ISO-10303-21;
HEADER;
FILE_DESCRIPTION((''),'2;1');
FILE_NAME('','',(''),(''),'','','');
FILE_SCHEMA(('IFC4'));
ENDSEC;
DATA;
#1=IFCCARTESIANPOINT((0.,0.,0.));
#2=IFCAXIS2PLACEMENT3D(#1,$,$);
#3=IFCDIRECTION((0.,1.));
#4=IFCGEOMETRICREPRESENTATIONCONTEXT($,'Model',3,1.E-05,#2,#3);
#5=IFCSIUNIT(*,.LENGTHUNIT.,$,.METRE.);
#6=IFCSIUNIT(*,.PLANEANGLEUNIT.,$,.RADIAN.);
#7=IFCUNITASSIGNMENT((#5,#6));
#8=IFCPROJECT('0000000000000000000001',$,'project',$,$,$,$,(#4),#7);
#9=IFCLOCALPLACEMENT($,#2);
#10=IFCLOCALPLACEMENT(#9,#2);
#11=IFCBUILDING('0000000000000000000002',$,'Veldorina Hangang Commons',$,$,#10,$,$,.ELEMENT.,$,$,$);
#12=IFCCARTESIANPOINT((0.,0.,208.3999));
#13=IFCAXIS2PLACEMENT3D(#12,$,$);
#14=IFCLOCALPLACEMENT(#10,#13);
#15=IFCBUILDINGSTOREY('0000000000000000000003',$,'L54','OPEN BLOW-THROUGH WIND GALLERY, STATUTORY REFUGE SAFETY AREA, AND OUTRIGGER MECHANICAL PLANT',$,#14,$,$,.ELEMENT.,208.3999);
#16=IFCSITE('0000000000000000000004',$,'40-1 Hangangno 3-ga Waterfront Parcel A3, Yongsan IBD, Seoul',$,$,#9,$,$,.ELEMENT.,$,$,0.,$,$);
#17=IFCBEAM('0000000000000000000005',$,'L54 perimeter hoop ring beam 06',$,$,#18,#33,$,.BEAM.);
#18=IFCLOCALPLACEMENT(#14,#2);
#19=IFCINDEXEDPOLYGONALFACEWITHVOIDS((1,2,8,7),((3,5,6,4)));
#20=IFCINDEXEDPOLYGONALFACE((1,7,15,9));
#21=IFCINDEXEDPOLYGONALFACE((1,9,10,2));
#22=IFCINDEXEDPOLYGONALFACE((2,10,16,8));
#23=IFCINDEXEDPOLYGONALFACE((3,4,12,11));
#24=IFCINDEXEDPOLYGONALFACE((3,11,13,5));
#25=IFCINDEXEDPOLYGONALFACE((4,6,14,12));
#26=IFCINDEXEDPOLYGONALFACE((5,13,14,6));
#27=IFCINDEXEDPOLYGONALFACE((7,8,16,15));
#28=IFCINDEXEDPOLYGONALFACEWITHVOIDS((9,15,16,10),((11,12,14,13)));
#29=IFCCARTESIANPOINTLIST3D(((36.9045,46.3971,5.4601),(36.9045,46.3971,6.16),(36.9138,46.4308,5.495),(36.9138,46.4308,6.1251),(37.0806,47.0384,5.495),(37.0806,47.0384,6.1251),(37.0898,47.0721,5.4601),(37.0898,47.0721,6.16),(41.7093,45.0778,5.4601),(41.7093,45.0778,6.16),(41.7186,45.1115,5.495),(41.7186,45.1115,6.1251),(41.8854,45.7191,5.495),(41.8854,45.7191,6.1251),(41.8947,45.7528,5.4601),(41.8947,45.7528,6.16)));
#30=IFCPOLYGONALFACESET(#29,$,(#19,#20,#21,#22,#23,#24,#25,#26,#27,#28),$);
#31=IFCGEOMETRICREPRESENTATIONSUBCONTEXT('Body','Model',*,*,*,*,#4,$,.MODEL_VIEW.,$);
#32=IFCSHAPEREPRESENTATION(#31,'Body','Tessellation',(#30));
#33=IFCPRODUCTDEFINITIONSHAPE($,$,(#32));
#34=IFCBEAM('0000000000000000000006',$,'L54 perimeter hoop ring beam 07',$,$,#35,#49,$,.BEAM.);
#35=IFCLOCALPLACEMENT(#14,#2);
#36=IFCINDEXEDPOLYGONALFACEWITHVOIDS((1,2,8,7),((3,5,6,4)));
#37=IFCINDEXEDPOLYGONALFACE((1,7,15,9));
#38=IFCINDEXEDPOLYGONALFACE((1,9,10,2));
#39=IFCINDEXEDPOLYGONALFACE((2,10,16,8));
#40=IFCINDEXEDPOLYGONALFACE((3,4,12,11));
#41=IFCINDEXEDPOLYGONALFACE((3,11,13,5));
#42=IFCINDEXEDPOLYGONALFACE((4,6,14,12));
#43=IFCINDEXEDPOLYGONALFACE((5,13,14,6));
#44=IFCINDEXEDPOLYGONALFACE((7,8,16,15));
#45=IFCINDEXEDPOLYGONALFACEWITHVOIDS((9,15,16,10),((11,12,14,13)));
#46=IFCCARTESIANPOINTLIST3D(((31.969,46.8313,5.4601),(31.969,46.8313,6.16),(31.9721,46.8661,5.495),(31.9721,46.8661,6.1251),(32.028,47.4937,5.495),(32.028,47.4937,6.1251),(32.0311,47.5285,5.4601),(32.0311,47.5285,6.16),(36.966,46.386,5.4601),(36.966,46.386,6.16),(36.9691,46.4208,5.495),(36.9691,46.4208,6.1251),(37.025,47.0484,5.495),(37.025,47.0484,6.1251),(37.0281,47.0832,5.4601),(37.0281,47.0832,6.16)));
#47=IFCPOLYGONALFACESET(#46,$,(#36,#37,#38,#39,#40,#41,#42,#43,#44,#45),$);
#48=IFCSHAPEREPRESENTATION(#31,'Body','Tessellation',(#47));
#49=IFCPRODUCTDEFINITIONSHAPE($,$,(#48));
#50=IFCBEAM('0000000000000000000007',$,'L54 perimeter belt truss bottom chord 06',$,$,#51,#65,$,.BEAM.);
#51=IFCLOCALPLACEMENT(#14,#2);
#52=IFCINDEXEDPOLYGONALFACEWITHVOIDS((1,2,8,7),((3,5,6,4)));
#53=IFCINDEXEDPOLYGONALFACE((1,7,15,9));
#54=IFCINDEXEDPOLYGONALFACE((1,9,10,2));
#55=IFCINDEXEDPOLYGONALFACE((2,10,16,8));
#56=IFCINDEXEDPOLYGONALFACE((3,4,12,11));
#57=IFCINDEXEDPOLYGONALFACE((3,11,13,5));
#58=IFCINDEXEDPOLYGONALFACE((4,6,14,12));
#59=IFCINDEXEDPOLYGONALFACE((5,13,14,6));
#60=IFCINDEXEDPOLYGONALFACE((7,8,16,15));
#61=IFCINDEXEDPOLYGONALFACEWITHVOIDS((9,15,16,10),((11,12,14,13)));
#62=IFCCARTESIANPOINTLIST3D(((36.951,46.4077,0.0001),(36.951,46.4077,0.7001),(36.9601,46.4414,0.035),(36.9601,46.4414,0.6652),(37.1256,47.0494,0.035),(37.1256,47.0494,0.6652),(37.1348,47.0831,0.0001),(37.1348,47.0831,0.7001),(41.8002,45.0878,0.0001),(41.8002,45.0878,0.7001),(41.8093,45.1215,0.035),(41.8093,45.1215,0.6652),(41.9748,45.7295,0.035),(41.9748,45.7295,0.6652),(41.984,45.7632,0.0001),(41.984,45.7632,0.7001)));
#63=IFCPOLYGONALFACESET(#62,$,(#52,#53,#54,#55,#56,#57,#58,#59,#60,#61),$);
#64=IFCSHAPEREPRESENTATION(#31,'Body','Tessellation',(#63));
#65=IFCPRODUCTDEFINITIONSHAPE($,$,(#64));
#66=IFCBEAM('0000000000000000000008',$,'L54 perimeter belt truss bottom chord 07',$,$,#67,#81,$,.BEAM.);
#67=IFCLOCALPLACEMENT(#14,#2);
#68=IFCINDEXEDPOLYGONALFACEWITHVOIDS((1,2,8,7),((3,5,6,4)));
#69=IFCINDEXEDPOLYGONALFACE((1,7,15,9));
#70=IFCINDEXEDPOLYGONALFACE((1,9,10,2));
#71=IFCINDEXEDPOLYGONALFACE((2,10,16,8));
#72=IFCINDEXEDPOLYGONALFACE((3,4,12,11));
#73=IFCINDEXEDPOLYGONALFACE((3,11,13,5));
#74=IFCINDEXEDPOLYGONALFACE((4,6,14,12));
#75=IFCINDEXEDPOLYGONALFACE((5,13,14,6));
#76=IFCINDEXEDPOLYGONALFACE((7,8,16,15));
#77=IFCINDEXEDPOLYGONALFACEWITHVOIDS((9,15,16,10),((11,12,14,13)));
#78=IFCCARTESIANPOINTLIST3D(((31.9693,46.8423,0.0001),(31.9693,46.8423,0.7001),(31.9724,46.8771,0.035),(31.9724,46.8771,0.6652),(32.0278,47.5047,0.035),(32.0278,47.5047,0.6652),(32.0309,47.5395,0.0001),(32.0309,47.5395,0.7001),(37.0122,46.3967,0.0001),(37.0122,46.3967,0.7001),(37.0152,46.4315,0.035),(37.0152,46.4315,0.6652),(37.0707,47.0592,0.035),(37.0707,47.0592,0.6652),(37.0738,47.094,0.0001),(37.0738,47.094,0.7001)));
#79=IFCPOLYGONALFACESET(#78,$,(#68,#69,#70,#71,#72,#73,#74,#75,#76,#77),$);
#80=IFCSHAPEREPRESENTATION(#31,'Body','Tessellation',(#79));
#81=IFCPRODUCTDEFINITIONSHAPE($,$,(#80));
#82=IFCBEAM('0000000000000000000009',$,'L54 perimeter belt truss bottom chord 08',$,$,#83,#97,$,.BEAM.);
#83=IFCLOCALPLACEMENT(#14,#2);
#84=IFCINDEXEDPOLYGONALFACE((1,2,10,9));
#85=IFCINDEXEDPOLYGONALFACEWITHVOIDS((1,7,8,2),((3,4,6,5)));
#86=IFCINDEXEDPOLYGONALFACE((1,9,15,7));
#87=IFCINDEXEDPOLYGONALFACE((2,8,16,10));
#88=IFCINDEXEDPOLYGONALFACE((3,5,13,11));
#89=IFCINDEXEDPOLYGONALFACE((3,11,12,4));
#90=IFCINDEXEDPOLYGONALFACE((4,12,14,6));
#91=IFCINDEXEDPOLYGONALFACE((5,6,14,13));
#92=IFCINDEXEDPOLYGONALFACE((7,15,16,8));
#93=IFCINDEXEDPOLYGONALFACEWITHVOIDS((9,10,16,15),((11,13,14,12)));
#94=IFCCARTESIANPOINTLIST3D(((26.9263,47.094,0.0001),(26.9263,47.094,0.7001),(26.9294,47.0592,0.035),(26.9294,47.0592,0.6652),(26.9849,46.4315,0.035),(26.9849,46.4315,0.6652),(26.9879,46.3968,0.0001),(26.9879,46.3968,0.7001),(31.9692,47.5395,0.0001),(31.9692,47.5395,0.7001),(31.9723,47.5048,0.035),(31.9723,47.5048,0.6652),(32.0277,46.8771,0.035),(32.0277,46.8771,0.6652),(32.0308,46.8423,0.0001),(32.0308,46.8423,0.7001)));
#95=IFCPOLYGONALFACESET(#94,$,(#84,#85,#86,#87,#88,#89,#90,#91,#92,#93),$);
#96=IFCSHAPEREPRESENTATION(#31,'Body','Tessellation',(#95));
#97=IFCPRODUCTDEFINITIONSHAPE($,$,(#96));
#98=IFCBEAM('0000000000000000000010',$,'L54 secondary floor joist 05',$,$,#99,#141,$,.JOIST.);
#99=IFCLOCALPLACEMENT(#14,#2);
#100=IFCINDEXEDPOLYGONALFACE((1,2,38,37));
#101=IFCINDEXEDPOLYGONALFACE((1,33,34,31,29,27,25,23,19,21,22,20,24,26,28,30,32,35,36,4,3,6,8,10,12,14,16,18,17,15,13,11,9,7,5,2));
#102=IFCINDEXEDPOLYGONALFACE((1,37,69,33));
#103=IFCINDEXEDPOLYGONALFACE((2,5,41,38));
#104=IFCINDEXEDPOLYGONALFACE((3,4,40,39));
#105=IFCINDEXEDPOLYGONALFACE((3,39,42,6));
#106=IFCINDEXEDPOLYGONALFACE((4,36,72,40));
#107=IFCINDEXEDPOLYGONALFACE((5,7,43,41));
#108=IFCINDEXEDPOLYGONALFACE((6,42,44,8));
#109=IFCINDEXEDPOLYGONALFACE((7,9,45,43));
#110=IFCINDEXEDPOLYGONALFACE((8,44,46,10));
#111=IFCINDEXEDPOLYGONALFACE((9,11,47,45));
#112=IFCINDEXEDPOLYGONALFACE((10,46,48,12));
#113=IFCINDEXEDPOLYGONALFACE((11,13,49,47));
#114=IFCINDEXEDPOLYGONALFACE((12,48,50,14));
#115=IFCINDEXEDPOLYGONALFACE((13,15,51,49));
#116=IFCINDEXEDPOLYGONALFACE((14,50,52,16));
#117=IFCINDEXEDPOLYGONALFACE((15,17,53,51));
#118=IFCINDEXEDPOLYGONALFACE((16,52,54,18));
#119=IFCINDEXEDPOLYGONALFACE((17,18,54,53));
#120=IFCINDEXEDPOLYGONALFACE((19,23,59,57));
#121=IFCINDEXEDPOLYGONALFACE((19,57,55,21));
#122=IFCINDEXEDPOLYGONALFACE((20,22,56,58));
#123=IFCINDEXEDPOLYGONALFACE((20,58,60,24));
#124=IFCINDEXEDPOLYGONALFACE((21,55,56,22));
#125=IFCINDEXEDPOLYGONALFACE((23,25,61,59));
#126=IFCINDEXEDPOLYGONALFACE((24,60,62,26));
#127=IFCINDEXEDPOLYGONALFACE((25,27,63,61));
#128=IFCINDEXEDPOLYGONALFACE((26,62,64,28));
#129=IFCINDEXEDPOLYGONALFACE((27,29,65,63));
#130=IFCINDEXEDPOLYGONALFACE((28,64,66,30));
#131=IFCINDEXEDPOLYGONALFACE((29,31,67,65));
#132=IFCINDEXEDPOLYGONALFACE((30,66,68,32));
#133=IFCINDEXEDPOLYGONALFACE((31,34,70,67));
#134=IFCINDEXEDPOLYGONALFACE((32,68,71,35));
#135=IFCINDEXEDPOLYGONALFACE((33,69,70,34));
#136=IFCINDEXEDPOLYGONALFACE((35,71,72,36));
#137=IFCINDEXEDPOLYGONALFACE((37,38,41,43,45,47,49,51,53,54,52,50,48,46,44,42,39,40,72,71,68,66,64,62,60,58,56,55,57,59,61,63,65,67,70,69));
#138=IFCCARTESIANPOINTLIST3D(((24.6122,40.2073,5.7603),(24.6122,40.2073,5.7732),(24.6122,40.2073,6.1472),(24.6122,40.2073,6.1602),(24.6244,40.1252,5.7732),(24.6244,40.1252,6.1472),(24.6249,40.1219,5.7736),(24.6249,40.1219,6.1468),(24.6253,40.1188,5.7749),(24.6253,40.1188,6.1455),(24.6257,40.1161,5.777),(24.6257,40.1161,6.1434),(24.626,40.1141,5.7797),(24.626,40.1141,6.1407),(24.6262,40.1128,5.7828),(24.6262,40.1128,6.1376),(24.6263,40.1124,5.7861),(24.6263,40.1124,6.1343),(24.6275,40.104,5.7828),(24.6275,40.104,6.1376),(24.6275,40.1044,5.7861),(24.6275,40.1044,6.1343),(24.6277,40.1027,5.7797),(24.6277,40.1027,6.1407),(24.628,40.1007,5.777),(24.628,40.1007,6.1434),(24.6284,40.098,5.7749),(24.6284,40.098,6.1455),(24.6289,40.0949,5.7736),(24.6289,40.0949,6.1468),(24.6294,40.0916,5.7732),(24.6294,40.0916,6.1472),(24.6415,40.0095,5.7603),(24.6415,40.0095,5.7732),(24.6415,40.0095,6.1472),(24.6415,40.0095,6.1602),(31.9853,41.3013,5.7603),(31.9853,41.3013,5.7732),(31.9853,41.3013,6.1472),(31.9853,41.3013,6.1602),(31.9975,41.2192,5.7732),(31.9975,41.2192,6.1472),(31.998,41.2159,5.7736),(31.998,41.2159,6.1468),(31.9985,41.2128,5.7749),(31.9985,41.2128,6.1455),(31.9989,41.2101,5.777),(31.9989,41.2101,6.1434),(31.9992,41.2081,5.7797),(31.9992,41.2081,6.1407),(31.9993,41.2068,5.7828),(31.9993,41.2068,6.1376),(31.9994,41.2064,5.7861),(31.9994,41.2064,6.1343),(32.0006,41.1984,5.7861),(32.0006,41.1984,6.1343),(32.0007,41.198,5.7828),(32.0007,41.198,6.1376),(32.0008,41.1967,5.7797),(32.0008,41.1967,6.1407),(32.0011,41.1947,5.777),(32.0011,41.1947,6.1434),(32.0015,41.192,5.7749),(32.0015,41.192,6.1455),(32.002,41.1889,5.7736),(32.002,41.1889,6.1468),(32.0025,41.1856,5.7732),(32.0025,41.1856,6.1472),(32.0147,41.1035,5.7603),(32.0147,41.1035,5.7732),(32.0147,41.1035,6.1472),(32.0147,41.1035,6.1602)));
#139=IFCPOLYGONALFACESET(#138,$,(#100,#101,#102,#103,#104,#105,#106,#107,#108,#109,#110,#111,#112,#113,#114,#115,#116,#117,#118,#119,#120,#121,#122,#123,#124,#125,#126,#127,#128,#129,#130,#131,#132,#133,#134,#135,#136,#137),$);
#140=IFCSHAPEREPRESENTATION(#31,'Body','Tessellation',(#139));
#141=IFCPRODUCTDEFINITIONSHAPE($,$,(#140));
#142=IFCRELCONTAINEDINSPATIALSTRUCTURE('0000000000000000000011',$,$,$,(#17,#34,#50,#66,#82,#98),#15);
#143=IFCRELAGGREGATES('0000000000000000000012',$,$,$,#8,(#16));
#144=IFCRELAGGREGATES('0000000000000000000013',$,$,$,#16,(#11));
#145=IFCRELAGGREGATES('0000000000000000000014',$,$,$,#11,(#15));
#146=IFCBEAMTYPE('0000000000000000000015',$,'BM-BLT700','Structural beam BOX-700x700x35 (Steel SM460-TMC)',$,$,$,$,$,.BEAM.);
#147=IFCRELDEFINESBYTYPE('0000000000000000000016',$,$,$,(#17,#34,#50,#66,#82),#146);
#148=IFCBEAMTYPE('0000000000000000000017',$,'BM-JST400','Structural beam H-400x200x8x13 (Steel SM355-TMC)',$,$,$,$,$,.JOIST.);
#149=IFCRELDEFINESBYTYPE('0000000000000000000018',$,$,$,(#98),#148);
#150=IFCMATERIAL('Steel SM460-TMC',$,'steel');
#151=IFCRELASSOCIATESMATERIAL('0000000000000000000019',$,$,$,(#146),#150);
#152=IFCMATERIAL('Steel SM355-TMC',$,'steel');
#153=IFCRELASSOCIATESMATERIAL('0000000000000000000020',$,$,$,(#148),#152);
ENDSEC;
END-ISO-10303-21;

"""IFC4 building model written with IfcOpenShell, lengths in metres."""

from ifc_helpers import new_model, si_unit, direction, frame, origin, origin_2d, place, context, subcontext, project, spatial, hollow_rectangle, i_section, extrude, material, material_profile, profile_set, type_object, element, save


model = new_model("IFC4")

# Units and contexts
model_context = context("Model", 3, precision=1e-05, world=origin(), true_north=direction((0.0, 1.0)))
body_context = subcontext(model_context, "Body", "Model", "MODEL_VIEW")
ifc_project = project(units=[si_unit("LENGTHUNIT", "METRE"), si_unit("PLANEANGLEUNIT", "RADIAN")], contexts=[model_context])

# Site, building, storey
site_placement = place(None, origin())
site = spatial("IfcSite", under=ifc_project, at=site_placement, Name="40-1 Hangangno 3-ga Waterfront Parcel A3, Yongsan IBD, Seoul", CompositionType="ELEMENT", RefElevation=0.0)
building_placement = place(site_placement, origin())
building = spatial("IfcBuilding", under=site, at=building_placement, Name="Veldorina Hangang Commons", CompositionType="ELEMENT")
storey_placement = place(building_placement, frame((0.0, 0.0, 208.3999)))
storey = spatial("IfcBuildingStorey", under=building, at=storey_placement, Name="L54", Description="OPEN BLOW-THROUGH WIND GALLERY, STATUTORY REFUGE SAFETY AREA, AND OUTRIGGER MECHANICAL PLANT", CompositionType="ELEMENT", Elevation=208.3999)

# Beams
ifc_material_1 = material(Name="Steel SM460-TMC", Category="steel")
ifc_material_profile_1 = material_profile(ifc_material_1, hollow_rectangle(XDim=0.7, YDim=0.7, WallThickness=0.0349, at=origin_2d()), Name="BOX-700x700x35")
ifc_profile_set_1 = profile_set([ifc_material_profile_1], Name="Steel SM460-TMC")
beam_type_1 = type_object("IfcBeamType", Name="BM-BLT700", Description="Structural beam BOX-700x700x35 (Steel SM460-TMC)", PredefinedType="BEAM", material=ifc_profile_set_1)
beam_1_placement = place(storey_placement, frame((41.802, 45.4153, 5.8101), z_axis=(-0.964309, 0.26478, 0.0), x_axis=(-0.26478, -0.964309, 0.0)))
element("IfcBeam", 1, at=beam_1_placement, inside=storey, type_object=beam_type_1, Name="L54 perimeter hoop ring beam 06", PredefinedType="BEAM", context=body_context, shape_type="SweptSolid", body=[
    extrude(hollow_rectangle(XDim=0.7, YDim=0.7, WallThickness=0.0349, at=origin_2d()), origin(), (0.0, 0.0, 1.0), 4.9827),
])
beam_2_placement = place(storey_placement, frame((36.9971, 46.7346, 5.8101), z_axis=(-0.996053, 0.088763, 0.0), x_axis=(-0.088763, -0.996053, 0.0)))
element("IfcBeam", 2, at=beam_2_placement, inside=storey, type_object=beam_type_1, Name="L54 perimeter hoop ring beam 07", PredefinedType="BEAM", context=body_context, shape_type="SweptSolid", body=[
    extrude(hollow_rectangle(XDim=0.7, YDim=0.7, WallThickness=0.0349, at=origin_2d()), origin(), (0.0, 0.0, 1.0), 5.0168),
])
beam_3_placement = place(storey_placement, frame((41.8921, 45.4255, 0.3501), z_axis=(-0.964898, 0.262624, 0.0), x_axis=(-0.262624, -0.964898, 0.0)))
element("IfcBeam", 3, at=beam_3_placement, inside=storey, type_object=beam_type_1, Name="L54 perimeter belt truss bottom chord 06", PredefinedType="BEAM", context=body_context, shape_type="SweptSolid", body=[
    extrude(hollow_rectangle(XDim=0.7, YDim=0.7, WallThickness=0.0349, at=origin_2d()), origin(), (0.0, 0.0, 1.0), 5.0256),
])
for number, where, z_axis, x_axis, name in (
    (4, (37.043, 46.7454, 0.3501), (-0.99612, 0.088009, 0.0), (-0.088009, -0.99612, 0.0), "L54 perimeter belt truss bottom chord 07"),
    (5, (32.0, 47.1909, 0.3501), (-0.99612, -0.088009, 0.0), (0.088009, -0.99612, 0.0), "L54 perimeter belt truss bottom chord 08"),
):
    element("IfcBeam", number, at=place(storey_placement, frame(where, z_axis=z_axis, x_axis=x_axis)), inside=storey, type_object=beam_type_1, Name=name, PredefinedType="BEAM", context=body_context, shape_type="SweptSolid", body=[
        extrude(hollow_rectangle(XDim=0.7, YDim=0.7, WallThickness=0.0349, at=origin_2d()), origin(), (0.0, 0.0, 1.0), 5.0625),
    ])
ifc_material_2 = material(Name="Steel SM355-TMC", Category="steel")
ifc_material_profile_2 = material_profile(ifc_material_2, i_section(OverallWidth=0.2, OverallDepth=0.3999, WebThickness=0.0081, FlangeThickness=0.0129, FilletRadius=0.0129, at=origin_2d()), Name="H-400x200x8x13")
ifc_profile_set_2 = profile_set([ifc_material_profile_2], Name="Steel SM355-TMC")
beam_type_2 = type_object("IfcBeamType", Name="BM-JST400", Description="Structural beam H-400x200x8x13 (Steel SM355-TMC)", PredefinedType="JOIST", material=ifc_profile_set_2)
beam_4_placement = place(storey_placement, frame((32.0, 41.2024, 5.9602), z_axis=(-0.989171, -0.146771, 0.0), x_axis=(0.146771, -0.989171, 0.0)))
element("IfcBeam", 6, at=beam_4_placement, inside=storey, type_object=beam_type_2, Name="L54 secondary floor joist 05", PredefinedType="JOIST", context=body_context, shape_type="SweptSolid", body=[
    extrude(i_section(OverallWidth=0.2, OverallDepth=0.3999, WebThickness=0.0081, FlangeThickness=0.0129, FilletRadius=0.0129, at=origin_2d()), origin(), (0.0, 0.0, 1.0), 7.4539),
])

save(model, "model.ifc")
